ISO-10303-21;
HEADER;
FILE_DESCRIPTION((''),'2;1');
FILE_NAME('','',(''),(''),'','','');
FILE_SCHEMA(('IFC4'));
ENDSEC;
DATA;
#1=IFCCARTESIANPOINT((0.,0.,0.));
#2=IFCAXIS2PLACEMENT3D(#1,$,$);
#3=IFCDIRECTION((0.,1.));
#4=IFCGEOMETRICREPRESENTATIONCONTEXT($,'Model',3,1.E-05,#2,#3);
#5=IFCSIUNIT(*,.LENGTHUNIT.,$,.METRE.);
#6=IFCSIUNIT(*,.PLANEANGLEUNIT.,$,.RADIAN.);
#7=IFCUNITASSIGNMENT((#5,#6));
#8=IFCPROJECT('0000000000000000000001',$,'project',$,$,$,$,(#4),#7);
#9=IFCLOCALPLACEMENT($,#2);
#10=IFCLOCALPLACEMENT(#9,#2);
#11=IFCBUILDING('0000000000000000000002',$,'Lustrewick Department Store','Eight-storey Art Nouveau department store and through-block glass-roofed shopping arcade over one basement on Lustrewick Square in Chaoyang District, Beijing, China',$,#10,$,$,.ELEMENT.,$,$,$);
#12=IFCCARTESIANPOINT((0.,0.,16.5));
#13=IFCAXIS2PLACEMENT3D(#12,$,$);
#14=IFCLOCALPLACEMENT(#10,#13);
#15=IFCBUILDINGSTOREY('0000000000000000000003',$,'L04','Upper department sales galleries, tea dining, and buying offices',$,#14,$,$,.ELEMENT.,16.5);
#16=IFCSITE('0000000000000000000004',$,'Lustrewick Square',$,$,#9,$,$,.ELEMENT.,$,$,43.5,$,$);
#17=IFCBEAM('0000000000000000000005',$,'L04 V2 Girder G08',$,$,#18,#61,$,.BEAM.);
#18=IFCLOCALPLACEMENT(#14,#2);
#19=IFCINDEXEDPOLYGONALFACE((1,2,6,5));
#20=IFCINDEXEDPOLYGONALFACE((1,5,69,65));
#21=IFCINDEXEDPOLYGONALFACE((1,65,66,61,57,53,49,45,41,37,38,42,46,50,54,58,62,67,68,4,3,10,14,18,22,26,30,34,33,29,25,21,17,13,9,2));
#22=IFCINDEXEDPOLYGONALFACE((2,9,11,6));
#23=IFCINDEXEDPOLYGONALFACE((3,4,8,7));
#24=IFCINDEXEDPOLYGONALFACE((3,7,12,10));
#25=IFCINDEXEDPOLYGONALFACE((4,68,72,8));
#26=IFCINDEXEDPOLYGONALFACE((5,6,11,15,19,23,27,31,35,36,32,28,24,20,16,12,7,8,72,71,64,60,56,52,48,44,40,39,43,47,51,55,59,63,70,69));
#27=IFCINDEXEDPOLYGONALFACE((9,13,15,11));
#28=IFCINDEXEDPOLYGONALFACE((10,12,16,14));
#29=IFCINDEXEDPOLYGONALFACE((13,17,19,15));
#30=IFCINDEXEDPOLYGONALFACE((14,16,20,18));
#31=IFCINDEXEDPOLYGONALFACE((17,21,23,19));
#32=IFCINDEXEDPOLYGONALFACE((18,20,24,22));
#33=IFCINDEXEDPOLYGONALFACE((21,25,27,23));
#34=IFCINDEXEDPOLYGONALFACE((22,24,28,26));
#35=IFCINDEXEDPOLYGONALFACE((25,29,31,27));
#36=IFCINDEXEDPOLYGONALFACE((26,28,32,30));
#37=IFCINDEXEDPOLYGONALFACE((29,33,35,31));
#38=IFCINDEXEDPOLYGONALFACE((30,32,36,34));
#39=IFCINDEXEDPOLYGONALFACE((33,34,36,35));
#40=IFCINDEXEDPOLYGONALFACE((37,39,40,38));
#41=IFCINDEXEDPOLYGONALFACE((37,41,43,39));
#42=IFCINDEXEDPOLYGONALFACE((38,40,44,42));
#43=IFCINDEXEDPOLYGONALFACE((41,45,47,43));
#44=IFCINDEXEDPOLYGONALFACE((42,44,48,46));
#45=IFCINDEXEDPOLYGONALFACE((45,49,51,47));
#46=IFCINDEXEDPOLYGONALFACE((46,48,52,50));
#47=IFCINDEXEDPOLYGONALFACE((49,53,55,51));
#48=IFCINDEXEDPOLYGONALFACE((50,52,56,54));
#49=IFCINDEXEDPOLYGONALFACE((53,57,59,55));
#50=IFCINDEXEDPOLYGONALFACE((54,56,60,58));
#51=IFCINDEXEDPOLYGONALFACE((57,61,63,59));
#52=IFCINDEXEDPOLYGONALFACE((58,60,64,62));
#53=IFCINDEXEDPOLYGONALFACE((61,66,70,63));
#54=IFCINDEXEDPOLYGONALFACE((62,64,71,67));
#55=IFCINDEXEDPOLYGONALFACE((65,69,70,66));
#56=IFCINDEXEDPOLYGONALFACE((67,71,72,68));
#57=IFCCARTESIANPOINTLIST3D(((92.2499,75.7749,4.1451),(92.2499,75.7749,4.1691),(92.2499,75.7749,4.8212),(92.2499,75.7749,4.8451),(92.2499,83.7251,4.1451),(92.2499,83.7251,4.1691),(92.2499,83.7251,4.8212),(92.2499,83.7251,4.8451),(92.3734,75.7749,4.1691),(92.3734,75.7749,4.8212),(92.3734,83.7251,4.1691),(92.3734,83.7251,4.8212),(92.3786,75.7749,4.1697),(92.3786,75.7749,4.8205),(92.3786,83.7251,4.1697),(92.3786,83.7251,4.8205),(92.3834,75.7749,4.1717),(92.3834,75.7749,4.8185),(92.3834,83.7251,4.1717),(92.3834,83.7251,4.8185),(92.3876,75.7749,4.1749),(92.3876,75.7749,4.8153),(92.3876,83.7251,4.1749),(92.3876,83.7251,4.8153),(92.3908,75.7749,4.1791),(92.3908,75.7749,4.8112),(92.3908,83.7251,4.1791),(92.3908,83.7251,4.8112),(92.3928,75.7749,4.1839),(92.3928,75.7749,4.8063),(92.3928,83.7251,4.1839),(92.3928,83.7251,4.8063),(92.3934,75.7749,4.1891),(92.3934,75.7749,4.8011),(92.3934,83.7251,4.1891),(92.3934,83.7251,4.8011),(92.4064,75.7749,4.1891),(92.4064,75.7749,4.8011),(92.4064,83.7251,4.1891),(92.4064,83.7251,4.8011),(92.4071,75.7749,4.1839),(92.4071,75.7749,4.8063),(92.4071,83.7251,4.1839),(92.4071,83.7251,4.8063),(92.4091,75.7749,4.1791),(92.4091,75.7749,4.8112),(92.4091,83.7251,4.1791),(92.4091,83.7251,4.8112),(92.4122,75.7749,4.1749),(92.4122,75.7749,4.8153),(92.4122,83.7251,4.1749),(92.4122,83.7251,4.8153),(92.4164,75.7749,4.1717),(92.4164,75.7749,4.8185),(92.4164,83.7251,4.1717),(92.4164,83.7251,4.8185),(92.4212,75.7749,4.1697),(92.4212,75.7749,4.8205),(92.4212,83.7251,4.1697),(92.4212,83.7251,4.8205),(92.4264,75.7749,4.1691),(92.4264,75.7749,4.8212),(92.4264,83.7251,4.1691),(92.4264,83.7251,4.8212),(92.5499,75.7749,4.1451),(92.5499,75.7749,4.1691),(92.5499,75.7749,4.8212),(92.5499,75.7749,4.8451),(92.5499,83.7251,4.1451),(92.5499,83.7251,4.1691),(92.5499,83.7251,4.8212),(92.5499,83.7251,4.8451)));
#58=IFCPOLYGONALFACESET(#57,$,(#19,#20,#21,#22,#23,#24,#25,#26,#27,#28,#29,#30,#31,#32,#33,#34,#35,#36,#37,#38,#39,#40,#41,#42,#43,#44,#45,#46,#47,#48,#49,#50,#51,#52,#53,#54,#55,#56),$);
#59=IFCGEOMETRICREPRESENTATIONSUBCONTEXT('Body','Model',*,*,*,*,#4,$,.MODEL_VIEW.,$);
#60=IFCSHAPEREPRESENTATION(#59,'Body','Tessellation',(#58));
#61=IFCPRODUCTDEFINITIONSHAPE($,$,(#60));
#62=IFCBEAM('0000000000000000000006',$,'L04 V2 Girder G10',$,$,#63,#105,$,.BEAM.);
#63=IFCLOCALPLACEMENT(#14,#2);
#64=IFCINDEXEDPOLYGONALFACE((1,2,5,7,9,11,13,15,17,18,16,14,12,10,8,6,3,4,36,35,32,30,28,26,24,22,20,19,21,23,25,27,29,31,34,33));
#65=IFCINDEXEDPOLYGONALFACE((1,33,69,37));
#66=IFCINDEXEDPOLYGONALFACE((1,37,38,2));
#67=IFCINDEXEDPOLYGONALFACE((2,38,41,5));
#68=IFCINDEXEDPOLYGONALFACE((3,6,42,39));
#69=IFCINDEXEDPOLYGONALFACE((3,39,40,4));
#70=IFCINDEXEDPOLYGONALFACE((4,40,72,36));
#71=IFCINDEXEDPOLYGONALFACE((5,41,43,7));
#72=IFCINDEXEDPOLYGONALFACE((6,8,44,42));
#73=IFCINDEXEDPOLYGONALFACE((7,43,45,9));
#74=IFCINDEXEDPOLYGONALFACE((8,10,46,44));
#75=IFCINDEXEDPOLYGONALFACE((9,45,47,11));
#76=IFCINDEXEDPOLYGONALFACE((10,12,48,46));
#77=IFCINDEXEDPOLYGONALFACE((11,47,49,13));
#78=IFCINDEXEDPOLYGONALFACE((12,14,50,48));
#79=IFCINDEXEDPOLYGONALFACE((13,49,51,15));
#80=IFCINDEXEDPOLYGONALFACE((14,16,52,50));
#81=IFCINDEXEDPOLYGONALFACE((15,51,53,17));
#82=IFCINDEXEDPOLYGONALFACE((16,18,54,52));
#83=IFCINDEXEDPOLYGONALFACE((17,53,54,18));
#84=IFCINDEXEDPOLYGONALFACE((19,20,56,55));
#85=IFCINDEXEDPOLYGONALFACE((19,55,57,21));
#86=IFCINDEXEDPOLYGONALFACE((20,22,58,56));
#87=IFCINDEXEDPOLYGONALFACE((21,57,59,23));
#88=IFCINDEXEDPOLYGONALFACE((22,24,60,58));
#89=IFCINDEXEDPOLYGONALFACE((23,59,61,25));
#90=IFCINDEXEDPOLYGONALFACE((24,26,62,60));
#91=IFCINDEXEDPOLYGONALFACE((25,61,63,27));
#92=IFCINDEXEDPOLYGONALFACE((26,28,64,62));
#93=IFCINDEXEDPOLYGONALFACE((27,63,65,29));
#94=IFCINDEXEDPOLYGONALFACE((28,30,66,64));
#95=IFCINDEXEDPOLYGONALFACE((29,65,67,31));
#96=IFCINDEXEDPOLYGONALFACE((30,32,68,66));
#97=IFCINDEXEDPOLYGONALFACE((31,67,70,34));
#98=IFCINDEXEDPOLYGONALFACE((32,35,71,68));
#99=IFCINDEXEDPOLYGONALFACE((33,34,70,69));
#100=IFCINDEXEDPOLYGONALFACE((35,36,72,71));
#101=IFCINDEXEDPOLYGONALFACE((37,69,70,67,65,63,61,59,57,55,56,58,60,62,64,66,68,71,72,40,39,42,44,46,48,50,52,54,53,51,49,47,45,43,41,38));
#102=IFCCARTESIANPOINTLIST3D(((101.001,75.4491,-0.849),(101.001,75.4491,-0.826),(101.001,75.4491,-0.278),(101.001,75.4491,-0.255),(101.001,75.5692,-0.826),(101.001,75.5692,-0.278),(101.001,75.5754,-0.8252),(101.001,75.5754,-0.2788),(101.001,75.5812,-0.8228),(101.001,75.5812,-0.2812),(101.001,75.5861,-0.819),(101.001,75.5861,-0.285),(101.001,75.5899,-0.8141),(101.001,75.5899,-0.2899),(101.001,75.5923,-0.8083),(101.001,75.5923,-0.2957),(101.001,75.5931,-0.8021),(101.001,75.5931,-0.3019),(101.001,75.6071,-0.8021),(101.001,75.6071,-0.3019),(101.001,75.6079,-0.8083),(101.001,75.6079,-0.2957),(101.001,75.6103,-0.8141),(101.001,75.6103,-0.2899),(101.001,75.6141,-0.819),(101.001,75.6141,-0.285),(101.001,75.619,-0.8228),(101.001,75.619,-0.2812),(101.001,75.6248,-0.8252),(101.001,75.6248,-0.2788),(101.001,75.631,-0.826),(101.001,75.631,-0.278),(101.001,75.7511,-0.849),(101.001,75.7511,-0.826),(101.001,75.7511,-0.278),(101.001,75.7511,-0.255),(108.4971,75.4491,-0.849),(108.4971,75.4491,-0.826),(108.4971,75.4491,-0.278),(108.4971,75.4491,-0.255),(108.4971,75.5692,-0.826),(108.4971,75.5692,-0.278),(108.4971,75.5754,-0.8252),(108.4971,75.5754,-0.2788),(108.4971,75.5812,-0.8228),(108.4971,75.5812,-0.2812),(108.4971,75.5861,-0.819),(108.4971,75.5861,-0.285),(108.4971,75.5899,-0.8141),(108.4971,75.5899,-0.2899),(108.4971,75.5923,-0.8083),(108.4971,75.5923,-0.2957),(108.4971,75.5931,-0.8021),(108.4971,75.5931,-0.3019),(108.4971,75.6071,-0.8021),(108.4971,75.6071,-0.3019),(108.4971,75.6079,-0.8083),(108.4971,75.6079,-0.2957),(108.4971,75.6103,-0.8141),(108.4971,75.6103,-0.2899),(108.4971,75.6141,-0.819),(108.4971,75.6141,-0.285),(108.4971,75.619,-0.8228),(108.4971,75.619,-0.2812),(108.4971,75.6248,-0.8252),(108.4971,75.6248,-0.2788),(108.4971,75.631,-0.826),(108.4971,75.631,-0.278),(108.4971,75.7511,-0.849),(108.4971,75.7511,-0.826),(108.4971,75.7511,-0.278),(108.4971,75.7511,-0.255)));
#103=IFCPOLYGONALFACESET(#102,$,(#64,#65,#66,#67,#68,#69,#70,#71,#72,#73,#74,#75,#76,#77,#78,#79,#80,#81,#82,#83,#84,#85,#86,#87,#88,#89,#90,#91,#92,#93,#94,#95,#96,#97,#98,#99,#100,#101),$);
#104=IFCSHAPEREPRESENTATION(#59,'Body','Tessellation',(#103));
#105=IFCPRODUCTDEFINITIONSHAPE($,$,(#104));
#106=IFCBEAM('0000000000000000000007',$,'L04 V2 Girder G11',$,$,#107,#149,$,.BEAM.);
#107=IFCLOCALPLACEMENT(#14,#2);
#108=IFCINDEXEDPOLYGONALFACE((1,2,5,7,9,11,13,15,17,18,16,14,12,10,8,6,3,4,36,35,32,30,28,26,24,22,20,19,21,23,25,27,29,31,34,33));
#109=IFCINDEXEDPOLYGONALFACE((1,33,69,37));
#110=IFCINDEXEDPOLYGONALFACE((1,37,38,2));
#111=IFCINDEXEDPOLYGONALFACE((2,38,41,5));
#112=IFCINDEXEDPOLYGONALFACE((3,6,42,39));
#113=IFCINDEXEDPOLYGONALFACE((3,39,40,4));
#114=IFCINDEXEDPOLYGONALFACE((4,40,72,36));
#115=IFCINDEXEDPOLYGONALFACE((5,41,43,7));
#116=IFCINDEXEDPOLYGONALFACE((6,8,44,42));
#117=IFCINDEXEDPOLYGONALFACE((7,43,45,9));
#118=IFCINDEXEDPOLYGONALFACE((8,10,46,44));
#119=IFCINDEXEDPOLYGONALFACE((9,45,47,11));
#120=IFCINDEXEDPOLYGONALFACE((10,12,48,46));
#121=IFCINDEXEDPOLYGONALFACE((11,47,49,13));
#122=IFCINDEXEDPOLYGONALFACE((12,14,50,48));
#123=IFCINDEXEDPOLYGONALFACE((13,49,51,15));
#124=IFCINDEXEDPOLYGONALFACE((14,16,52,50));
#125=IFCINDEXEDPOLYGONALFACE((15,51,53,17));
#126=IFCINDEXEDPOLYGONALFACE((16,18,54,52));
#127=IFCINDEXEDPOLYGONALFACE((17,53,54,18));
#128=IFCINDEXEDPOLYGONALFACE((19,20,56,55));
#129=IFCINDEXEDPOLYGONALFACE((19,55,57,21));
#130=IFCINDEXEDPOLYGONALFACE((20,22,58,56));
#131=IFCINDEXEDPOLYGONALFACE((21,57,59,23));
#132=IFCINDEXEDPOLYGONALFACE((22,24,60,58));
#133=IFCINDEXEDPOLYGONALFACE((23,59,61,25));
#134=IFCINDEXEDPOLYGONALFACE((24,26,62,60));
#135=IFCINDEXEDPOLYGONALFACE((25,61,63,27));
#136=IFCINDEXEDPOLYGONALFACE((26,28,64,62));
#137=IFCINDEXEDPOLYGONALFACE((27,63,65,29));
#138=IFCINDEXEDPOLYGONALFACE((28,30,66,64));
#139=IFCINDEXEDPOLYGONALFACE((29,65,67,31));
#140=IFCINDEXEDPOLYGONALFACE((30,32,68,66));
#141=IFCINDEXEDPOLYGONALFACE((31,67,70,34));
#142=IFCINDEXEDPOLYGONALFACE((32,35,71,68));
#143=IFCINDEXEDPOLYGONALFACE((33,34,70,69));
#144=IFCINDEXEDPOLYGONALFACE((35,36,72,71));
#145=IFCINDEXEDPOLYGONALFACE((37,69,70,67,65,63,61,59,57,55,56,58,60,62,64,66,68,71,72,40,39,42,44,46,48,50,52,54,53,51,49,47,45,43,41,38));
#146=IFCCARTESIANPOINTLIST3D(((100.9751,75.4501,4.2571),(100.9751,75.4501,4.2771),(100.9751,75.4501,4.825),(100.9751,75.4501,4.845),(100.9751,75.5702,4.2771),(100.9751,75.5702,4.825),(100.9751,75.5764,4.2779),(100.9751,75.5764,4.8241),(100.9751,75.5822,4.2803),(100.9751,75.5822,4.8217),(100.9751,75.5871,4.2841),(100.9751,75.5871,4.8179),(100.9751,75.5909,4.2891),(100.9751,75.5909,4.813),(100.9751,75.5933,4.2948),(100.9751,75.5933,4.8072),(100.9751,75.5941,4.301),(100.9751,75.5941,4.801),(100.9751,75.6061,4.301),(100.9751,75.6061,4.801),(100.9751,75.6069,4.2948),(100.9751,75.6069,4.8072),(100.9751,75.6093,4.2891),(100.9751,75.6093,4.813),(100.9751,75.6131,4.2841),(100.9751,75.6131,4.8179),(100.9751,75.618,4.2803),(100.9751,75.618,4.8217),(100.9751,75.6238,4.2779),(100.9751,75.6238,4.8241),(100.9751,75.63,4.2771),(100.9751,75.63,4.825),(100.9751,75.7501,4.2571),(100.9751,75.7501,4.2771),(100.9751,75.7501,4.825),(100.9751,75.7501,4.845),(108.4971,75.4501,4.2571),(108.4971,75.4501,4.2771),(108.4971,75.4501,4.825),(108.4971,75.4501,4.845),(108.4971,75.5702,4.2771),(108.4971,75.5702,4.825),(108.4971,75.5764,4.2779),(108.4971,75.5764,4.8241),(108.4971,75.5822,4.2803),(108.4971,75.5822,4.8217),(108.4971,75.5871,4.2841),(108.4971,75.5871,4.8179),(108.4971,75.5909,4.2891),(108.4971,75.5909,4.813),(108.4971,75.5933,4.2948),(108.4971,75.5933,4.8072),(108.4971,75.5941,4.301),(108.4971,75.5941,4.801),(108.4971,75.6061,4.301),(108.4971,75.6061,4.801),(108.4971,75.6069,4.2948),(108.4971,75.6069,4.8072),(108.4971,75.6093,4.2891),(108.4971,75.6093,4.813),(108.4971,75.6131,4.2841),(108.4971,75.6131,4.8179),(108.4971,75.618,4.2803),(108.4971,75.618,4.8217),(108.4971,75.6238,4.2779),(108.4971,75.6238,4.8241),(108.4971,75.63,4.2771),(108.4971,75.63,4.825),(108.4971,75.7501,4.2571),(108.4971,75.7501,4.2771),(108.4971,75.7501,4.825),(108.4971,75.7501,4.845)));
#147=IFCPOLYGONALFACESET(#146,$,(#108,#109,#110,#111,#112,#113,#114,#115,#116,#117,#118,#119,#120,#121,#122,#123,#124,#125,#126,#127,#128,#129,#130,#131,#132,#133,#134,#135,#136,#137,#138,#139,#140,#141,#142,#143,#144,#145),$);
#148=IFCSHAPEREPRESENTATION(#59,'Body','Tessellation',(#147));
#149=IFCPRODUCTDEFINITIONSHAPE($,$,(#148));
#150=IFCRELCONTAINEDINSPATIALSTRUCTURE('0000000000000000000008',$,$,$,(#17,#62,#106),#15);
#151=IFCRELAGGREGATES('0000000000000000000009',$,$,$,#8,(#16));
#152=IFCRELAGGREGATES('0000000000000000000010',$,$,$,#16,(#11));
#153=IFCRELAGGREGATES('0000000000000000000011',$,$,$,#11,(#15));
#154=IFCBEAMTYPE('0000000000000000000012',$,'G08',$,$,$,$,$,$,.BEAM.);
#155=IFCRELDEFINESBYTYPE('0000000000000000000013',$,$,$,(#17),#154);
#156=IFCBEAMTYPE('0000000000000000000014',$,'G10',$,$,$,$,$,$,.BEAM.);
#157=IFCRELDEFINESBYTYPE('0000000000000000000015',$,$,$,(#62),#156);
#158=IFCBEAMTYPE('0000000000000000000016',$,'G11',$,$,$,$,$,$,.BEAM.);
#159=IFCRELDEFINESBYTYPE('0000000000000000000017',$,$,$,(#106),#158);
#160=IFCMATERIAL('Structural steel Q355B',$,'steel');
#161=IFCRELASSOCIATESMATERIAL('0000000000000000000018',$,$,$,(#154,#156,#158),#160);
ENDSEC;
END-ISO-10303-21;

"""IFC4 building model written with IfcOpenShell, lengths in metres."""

from ifc_helpers import new_model, si_unit, direction, frame, origin, origin_2d, place, context, subcontext, project, spatial, i_section, extrude, material, material_profile, profile_set, type_object, element, save


model = new_model("IFC4")

# Units and contexts
model_context = context("Model", 3, precision=1e-05, world=origin(), true_north=direction((0.0, 1.0)))
body_context = subcontext(model_context, "Body", "Model", "MODEL_VIEW")
ifc_project = project(units=[si_unit("LENGTHUNIT", "METRE"), si_unit("PLANEANGLEUNIT", "RADIAN")], contexts=[model_context])

# Site, building, storey
site_placement = place(None, origin())
site = spatial("IfcSite", under=ifc_project, at=site_placement, Name="Lustrewick Square", CompositionType="ELEMENT", RefElevation=43.5)
building_placement = place(site_placement, origin())
building = spatial("IfcBuilding", under=site, at=building_placement, Name="Lustrewick Department Store", Description="Eight-storey Art Nouveau department store and through-block glass-roofed shopping arcade over one basement on Lustrewick Square in Chaoyang District, Beijing, China", CompositionType="ELEMENT")
storey_placement = place(building_placement, frame((0.0, 0.0, 16.5)))
storey = spatial("IfcBuildingStorey", under=building, at=storey_placement, Name="L04", Description="Upper department sales galleries, tea dining, and buying offices", CompositionType="ELEMENT", Elevation=16.5)

# Shared definitions
ifc_material_1 = material(Name="Structural steel Q355B", Category="steel")

# Beams
ifc_material_profile_1 = material_profile(ifc_material_1, i_section(OverallWidth=0.3, OverallDepth=0.7, WebThickness=0.0129, FlangeThickness=0.0239, FilletRadius=0.02, at=origin_2d()), Name="HN 700x300x13x24")
ifc_profile_set_1 = profile_set([ifc_material_profile_1], Name="Structural steel Q355B")
beam_type_1 = type_object("IfcBeamType", Name="G08", PredefinedType="BEAM", material=ifc_profile_set_1)
beam_1_placement = place(storey_placement, frame((92.3999, 75.7749, 4.4951), z_axis=(0.0, 1.0, 0.0), x_axis=(-1.0, 0.0, 0.0)))
element("IfcBeam", 1, at=beam_1_placement, inside=storey, type_object=beam_type_1, Name="L04 V2 Girder G08", PredefinedType="BEAM", context=body_context, shape_type="SweptSolid", body=[
    extrude(i_section(OverallWidth=0.3, OverallDepth=0.7, WebThickness=0.0129, FlangeThickness=0.0239, FilletRadius=0.02, at=origin_2d()), origin(), (0.0, 0.0, 1.0), 7.9502),
])
ifc_material_profile_2 = material_profile(ifc_material_1, i_section(OverallWidth=0.302, OverallDepth=0.594, WebThickness=0.0139, FlangeThickness=0.0229, FilletRadius=0.0239, at=origin_2d()), Name="HM 594x302x14x23")
ifc_profile_set_2 = profile_set([ifc_material_profile_2], Name="Structural steel Q355B")
beam_type_2 = type_object("IfcBeamType", Name="G10", PredefinedType="BEAM", material=ifc_profile_set_2)
beam_2_placement = place(storey_placement, frame((101.001, 75.6001, -0.552), z_axis=(1.0, 0.0, 0.0), x_axis=(0.0, 1.0, 0.0)))
element("IfcBeam", 2, at=beam_2_placement, inside=storey, type_object=beam_type_2, Name="L04 V2 Girder G10", PredefinedType="BEAM", context=body_context, shape_type="SweptSolid", body=[
    extrude(i_section(OverallWidth=0.302, OverallDepth=0.594, WebThickness=0.0139, FlangeThickness=0.0229, FilletRadius=0.0239, at=origin_2d()), origin(), (0.0, 0.0, 1.0), 7.4961),
])
ifc_material_profile_3 = material_profile(ifc_material_1, i_section(OverallWidth=0.3, OverallDepth=0.5879, WebThickness=0.012, FlangeThickness=0.02, FilletRadius=0.0239, at=origin_2d()), Name="HM 588x300x12x20")
ifc_profile_set_3 = profile_set([ifc_material_profile_3], Name="Structural steel Q355B")
beam_type_3 = type_object("IfcBeamType", Name="G11", PredefinedType="BEAM", material=ifc_profile_set_3)
beam_3_placement = place(storey_placement, frame((100.9751, 75.6001, 4.551), z_axis=(1.0, 0.0, 0.0), x_axis=(0.0, 1.0, 0.0)))
element("IfcBeam", 3, at=beam_3_placement, inside=storey, type_object=beam_type_3, Name="L04 V2 Girder G11", PredefinedType="BEAM", context=body_context, shape_type="SweptSolid", body=[
    extrude(i_section(OverallWidth=0.3, OverallDepth=0.5879, WebThickness=0.012, FlangeThickness=0.02, FilletRadius=0.0239, at=origin_2d()), origin(), (0.0, 0.0, 1.0), 7.522),
])

save(model, "model.ifc")
